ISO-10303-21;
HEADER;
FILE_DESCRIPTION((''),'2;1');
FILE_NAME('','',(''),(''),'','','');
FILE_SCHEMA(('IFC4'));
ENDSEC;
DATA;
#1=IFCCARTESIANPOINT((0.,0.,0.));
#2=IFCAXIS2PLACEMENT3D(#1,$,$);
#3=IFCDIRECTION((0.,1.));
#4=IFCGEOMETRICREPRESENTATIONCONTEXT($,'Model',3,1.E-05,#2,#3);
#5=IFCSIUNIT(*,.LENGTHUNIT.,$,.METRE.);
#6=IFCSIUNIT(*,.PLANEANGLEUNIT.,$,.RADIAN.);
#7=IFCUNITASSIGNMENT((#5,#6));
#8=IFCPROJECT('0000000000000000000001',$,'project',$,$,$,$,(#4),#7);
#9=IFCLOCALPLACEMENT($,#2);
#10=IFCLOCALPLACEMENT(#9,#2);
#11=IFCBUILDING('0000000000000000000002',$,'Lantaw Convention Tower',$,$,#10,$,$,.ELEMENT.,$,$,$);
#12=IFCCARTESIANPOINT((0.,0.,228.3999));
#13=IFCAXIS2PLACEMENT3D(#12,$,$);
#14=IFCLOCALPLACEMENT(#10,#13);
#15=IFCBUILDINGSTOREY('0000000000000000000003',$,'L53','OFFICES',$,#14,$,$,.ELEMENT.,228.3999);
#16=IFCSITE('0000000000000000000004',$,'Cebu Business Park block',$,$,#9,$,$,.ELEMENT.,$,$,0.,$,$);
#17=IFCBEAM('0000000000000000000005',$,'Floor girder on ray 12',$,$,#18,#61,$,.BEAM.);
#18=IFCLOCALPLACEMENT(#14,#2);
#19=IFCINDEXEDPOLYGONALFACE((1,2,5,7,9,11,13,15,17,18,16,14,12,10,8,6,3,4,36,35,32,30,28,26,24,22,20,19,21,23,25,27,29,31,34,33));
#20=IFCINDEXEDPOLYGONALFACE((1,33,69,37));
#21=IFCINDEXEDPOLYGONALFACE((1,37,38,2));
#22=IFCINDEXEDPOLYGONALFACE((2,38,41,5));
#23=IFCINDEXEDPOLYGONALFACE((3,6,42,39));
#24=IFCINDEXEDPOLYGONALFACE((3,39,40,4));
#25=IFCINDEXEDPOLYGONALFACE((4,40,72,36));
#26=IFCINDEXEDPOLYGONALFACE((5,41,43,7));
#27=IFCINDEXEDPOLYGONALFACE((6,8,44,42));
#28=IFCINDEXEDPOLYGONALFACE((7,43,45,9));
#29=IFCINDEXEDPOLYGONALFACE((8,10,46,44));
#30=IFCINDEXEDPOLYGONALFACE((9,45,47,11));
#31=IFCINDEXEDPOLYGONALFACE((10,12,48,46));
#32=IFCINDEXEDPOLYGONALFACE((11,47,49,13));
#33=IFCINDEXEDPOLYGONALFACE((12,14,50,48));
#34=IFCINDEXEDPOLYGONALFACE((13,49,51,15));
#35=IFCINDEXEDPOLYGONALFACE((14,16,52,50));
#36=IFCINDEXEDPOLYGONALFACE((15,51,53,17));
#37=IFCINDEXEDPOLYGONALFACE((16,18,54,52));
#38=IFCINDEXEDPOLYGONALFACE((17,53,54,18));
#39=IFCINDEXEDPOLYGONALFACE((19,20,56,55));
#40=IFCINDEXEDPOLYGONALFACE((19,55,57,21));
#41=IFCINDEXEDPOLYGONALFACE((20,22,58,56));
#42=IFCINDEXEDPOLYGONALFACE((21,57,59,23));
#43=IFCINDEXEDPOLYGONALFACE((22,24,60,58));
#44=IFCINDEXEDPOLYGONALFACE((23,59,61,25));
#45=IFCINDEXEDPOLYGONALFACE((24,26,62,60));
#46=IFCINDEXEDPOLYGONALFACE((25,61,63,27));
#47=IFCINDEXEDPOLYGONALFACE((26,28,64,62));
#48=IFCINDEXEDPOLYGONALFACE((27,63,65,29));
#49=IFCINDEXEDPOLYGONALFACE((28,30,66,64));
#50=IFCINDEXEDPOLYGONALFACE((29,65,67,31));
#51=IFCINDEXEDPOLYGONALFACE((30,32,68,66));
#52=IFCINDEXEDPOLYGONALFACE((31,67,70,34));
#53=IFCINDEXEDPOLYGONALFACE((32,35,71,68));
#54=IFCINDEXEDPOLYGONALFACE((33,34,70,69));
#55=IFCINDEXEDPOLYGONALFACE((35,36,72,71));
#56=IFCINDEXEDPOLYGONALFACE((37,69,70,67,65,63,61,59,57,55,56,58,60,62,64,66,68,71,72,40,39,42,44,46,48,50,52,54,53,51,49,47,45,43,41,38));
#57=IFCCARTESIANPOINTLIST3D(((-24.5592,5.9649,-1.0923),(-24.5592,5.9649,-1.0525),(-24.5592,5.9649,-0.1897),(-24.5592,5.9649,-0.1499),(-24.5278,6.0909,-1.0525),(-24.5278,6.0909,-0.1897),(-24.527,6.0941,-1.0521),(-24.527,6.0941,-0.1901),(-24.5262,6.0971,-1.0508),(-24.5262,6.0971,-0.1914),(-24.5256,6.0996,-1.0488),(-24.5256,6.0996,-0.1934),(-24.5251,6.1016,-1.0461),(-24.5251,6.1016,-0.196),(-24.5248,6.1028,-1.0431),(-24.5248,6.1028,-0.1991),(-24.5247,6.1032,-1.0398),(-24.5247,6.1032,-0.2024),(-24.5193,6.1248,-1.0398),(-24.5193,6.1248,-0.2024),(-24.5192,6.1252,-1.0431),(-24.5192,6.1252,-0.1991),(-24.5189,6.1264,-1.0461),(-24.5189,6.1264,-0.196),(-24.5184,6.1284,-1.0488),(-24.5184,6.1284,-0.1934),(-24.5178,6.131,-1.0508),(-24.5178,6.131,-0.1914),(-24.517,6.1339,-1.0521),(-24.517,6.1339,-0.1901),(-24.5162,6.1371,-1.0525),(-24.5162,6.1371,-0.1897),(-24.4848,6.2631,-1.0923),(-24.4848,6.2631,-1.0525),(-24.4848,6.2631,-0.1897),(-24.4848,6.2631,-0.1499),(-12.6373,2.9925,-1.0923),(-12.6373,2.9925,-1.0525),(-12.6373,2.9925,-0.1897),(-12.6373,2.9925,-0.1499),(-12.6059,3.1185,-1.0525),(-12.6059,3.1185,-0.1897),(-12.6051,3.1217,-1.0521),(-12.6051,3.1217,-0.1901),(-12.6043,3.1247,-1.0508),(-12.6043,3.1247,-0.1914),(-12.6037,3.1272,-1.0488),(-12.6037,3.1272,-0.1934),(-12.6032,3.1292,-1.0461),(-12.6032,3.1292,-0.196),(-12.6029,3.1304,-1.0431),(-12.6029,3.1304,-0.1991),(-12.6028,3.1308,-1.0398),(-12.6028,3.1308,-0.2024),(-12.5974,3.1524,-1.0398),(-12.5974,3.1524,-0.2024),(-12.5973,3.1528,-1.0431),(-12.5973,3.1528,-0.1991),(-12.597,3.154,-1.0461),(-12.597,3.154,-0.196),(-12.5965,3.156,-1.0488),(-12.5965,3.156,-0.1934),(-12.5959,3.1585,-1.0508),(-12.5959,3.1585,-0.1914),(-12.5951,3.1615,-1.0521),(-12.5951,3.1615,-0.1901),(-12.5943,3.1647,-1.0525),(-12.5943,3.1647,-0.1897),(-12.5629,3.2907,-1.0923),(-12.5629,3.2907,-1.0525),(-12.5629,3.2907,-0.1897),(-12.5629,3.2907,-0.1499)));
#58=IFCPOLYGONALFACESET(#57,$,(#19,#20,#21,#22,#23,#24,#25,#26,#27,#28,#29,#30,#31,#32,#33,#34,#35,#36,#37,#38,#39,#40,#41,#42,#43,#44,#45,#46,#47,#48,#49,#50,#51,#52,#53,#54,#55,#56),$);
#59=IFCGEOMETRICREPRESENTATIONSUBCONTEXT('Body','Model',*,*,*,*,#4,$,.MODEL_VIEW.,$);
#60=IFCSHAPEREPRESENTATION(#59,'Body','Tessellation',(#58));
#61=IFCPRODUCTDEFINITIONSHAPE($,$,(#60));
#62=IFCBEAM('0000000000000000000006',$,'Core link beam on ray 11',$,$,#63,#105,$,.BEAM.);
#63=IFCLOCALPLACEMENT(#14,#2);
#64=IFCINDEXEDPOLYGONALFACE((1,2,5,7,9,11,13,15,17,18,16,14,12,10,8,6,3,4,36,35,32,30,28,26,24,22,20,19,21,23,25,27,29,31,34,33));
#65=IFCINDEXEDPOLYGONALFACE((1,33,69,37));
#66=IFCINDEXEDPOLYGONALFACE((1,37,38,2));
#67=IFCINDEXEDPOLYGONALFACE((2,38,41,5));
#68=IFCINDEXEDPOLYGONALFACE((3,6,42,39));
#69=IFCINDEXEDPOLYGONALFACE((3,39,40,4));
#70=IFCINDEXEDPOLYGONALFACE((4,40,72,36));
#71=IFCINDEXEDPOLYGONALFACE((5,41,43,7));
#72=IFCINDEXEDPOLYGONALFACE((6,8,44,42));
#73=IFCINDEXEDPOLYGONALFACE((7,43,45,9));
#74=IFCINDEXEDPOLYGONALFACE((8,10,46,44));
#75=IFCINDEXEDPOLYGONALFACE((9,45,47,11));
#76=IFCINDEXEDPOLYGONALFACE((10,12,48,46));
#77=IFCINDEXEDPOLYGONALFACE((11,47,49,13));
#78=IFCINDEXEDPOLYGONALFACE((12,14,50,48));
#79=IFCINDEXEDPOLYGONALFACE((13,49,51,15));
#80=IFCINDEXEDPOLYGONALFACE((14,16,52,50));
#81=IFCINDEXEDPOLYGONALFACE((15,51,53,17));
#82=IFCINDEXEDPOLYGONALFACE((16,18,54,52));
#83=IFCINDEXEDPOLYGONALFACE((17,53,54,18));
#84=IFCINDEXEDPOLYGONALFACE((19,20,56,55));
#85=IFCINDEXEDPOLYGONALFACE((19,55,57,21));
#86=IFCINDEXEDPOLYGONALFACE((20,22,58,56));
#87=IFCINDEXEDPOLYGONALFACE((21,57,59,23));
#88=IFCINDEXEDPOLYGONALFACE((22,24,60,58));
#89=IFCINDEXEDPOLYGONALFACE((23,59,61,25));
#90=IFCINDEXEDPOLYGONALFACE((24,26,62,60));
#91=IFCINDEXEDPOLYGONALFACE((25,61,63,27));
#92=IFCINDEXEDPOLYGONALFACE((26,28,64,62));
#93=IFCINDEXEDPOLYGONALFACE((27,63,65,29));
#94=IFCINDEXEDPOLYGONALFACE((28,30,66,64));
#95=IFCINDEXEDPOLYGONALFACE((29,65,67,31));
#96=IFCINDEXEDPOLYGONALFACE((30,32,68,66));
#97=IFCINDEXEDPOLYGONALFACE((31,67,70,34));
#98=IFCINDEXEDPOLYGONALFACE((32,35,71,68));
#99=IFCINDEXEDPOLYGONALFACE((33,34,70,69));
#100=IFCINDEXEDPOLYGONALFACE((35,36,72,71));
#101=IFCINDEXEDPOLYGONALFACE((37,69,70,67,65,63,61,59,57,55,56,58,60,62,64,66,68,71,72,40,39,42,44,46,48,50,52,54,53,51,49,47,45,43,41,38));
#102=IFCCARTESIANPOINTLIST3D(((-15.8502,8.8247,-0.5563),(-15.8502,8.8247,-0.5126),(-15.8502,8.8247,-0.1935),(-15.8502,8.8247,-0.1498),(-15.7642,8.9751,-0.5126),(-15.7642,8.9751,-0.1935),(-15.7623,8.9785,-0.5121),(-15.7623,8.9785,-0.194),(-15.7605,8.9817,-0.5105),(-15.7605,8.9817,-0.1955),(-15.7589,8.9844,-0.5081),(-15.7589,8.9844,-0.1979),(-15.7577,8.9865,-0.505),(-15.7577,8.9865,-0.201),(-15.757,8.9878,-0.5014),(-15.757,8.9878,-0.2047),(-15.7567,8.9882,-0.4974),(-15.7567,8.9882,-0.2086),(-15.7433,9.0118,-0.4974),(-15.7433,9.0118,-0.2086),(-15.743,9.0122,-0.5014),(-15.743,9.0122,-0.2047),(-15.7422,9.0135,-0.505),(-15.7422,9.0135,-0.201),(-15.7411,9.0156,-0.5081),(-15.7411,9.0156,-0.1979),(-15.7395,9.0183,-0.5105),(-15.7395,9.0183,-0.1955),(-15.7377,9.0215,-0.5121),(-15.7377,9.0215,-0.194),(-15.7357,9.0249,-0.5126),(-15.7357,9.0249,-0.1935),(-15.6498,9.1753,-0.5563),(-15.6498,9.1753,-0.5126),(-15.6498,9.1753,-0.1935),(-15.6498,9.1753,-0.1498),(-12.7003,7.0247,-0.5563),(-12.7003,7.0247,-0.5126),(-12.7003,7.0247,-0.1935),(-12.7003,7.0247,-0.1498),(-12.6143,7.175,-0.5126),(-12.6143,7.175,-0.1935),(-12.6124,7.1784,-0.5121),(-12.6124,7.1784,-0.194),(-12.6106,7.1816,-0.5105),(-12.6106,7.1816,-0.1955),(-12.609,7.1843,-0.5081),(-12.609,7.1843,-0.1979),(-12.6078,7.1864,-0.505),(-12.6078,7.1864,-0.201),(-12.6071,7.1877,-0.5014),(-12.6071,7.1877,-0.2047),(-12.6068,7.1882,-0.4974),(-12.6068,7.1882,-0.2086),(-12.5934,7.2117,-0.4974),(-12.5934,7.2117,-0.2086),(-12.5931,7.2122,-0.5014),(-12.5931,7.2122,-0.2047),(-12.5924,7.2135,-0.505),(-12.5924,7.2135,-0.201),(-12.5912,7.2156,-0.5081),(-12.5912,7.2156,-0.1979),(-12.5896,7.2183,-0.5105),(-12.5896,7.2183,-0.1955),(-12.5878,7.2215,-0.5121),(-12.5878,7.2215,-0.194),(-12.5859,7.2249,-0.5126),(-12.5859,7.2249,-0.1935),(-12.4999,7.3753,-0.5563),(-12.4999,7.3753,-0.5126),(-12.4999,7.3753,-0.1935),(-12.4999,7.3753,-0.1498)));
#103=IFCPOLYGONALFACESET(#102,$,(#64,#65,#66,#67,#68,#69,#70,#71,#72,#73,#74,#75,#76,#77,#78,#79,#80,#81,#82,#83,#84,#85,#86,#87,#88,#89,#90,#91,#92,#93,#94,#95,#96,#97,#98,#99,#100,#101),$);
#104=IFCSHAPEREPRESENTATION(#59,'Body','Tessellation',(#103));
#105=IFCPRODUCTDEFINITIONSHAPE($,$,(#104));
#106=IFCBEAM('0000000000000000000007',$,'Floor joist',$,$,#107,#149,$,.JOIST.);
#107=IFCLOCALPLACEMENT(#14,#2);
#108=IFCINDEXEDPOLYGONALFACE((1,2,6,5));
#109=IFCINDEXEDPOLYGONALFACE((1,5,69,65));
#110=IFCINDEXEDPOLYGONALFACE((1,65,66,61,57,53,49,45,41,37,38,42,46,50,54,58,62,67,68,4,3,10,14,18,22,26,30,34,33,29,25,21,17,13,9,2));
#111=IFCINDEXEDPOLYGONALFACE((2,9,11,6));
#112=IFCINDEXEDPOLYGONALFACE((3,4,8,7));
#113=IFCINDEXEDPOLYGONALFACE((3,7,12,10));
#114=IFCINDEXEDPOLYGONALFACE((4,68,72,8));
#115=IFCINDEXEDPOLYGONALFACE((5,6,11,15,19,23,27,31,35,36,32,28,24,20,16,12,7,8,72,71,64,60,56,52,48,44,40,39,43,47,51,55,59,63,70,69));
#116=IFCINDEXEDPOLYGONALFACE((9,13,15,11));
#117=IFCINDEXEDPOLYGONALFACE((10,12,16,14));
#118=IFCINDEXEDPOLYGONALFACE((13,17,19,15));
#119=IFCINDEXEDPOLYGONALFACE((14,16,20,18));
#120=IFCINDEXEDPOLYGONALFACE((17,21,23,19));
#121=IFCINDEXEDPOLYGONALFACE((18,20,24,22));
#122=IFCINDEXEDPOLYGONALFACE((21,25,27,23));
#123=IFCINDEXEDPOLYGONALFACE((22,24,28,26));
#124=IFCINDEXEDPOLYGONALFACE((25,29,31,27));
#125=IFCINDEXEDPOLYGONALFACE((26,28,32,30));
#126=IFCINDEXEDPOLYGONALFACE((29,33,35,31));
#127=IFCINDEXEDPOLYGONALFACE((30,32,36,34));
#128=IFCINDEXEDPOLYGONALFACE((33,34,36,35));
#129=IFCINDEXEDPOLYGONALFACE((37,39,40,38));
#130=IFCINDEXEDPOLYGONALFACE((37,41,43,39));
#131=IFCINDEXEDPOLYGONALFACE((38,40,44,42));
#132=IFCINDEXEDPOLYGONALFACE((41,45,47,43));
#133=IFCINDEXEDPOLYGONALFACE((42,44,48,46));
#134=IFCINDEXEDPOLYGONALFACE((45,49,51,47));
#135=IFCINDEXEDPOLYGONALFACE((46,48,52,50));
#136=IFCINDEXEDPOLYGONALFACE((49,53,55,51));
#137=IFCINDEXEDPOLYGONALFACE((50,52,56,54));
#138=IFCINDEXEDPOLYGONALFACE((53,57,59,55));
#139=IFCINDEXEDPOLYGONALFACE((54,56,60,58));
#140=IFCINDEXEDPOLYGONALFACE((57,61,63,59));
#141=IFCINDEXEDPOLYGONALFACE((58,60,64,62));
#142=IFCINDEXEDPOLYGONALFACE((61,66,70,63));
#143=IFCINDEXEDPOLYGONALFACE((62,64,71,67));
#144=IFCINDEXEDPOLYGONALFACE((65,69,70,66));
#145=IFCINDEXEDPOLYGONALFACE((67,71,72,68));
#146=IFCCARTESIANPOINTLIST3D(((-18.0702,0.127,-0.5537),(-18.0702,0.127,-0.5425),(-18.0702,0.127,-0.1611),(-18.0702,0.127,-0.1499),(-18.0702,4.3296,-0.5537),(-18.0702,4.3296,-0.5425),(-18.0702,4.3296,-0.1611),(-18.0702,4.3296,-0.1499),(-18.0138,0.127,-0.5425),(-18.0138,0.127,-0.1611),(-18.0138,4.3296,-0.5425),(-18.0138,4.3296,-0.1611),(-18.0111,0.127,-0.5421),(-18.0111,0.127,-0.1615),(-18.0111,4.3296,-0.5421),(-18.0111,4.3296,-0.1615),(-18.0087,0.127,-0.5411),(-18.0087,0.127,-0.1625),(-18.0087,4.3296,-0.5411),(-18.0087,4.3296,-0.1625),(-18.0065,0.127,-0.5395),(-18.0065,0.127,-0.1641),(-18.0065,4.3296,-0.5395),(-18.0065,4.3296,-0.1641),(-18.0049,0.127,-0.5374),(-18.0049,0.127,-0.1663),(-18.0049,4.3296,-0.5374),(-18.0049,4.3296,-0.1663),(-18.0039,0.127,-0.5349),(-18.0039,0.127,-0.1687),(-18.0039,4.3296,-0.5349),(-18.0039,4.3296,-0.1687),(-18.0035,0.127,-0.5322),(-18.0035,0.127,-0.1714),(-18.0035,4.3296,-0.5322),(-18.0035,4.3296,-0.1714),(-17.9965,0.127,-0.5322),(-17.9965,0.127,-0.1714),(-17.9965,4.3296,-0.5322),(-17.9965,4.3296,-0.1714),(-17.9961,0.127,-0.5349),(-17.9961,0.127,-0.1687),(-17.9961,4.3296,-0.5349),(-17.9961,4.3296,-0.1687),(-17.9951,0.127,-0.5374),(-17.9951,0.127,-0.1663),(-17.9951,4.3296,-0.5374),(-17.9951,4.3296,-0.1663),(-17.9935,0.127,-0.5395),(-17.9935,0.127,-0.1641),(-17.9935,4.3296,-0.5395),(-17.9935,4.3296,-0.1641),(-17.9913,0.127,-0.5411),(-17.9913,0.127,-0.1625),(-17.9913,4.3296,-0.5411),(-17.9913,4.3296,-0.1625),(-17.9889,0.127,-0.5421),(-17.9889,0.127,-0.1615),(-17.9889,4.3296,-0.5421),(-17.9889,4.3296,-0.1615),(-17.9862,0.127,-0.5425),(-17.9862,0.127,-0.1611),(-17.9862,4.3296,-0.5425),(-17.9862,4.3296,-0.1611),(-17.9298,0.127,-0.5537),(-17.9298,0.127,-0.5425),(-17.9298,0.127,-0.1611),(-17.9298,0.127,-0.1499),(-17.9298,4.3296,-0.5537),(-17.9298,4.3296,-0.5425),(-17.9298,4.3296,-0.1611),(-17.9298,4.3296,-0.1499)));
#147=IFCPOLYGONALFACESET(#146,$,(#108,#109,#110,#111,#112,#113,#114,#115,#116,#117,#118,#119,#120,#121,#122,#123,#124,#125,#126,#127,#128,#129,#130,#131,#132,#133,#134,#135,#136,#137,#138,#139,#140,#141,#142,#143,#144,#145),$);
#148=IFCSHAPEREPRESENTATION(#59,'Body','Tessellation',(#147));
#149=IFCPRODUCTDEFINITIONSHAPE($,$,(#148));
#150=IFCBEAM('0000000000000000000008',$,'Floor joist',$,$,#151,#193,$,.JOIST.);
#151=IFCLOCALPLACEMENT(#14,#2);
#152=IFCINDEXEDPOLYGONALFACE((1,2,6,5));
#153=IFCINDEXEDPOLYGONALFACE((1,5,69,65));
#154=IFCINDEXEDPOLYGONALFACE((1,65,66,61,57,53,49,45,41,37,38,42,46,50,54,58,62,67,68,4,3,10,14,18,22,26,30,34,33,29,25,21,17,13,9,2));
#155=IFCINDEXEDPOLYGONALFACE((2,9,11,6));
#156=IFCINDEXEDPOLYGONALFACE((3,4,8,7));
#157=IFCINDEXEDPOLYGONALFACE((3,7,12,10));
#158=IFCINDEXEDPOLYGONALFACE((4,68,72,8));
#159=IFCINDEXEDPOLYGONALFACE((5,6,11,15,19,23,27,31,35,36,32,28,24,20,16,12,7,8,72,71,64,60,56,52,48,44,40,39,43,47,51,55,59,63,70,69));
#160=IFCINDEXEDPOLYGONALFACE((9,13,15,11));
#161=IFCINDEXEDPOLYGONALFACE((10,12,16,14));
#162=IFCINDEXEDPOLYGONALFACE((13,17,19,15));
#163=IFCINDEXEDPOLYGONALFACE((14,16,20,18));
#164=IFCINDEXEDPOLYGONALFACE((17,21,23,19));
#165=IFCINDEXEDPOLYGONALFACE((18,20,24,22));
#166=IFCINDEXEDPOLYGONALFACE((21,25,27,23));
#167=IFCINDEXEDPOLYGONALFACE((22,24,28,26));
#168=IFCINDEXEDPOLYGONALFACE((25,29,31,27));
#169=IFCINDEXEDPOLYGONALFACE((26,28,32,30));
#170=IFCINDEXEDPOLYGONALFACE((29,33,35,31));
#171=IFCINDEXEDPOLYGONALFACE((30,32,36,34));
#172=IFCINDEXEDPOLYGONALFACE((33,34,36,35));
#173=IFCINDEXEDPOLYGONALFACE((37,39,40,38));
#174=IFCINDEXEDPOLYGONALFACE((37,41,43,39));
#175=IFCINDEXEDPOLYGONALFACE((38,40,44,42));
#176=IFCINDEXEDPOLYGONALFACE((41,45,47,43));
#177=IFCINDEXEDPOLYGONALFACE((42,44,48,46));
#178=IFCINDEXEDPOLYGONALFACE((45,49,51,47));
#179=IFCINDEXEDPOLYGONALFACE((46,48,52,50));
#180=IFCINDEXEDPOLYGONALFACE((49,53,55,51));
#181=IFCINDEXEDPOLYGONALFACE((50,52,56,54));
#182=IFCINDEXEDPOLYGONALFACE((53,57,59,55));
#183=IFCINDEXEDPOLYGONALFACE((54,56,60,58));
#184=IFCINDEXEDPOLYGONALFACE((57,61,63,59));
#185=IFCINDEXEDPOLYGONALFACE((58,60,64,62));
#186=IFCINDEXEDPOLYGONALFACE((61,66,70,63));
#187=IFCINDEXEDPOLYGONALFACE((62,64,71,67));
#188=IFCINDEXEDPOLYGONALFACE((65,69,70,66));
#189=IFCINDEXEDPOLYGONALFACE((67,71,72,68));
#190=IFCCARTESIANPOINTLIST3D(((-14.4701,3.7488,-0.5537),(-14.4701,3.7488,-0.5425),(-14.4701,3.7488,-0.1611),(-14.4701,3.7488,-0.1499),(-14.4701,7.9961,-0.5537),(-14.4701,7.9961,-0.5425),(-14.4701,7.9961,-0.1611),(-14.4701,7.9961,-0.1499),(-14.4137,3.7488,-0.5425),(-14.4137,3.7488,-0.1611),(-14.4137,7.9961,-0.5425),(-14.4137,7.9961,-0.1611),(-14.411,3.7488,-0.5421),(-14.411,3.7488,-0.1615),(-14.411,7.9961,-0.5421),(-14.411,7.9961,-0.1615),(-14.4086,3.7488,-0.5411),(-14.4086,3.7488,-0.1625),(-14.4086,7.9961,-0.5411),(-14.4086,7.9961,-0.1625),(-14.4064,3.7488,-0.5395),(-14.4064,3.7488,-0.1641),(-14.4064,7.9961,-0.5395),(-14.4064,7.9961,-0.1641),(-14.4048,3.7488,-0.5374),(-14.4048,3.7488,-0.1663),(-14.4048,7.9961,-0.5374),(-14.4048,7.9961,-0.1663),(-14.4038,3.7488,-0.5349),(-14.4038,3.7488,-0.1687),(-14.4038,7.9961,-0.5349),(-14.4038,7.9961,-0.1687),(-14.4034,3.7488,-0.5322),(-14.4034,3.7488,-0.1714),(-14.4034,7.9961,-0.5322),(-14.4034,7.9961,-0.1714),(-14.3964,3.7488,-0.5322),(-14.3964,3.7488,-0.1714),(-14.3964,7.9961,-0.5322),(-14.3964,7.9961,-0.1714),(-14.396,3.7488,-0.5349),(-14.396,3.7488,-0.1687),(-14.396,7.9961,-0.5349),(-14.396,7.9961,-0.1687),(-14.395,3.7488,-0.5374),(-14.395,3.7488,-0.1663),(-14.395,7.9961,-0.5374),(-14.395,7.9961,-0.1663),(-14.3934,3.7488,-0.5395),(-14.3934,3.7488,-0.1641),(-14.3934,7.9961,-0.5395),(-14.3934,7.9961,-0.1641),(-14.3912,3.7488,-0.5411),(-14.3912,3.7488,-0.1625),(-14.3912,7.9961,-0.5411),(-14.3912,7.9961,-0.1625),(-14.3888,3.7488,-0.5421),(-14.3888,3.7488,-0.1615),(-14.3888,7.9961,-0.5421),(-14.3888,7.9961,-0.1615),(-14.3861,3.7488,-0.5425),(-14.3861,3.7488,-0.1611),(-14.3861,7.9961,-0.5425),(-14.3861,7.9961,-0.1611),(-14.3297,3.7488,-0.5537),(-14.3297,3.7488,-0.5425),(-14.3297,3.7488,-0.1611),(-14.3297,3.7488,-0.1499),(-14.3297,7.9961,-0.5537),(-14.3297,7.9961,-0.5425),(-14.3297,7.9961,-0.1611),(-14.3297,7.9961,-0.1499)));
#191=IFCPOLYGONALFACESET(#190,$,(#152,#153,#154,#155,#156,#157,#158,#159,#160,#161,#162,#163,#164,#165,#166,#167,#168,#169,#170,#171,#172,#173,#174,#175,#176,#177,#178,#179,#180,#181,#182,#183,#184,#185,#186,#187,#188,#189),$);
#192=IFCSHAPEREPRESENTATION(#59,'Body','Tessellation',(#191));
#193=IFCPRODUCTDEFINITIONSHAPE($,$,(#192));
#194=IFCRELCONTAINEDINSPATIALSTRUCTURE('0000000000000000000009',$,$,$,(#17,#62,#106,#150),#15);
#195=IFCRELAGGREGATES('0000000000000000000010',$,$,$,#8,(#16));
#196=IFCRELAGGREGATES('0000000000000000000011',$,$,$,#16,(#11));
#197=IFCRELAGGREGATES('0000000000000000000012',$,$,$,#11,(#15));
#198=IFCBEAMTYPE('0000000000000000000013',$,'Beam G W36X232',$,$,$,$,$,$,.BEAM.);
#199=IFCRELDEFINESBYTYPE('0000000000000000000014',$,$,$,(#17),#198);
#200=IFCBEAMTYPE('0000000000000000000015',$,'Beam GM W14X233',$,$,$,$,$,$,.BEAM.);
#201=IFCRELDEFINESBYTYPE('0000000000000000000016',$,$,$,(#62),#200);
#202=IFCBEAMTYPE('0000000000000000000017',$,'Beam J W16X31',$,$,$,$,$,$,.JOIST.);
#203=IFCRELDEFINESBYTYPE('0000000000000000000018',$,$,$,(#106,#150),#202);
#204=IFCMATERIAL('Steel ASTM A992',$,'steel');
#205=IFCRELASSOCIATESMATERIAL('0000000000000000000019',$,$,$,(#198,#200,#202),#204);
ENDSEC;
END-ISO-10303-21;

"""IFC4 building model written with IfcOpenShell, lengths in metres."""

from ifc_helpers import new_model, si_unit, direction, frame, origin, origin_2d, place, context, subcontext, project, spatial, i_section, extrude, material, material_profile, profile_set, type_object, element, save


model = new_model("IFC4")

# Units and contexts
model_context = context("Model", 3, precision=1e-05, world=origin(), true_north=direction((0.0, 1.0)))
body_context = subcontext(model_context, "Body", "Model", "MODEL_VIEW")
ifc_project = project(units=[si_unit("LENGTHUNIT", "METRE"), si_unit("PLANEANGLEUNIT", "RADIAN")], contexts=[model_context])

# Site, building, storey
site_placement = place(None, origin())
site = spatial("IfcSite", under=ifc_project, at=site_placement, Name="Cebu Business Park block", CompositionType="ELEMENT", RefElevation=0.0)
building_placement = place(site_placement, origin())
building = spatial("IfcBuilding", under=site, at=building_placement, Name="Lantaw Convention Tower", CompositionType="ELEMENT")
storey_placement = place(building_placement, frame((0.0, 0.0, 228.3999)))
storey = spatial("IfcBuildingStorey", under=building, at=storey_placement, Name="L53", Description="OFFICES", CompositionType="ELEMENT", Elevation=228.3999)

# Beams
ifc_material_1 = material(Name="Steel ASTM A992", Category="steel")
ifc_material_profile_1 = material_profile(ifc_material_1, i_section(OverallWidth=0.3074, OverallDepth=0.9424, WebThickness=0.0222, FlangeThickness=0.0398, FilletRadius=0.0127, at=origin_2d()), Name="W36X232")
ifc_profile_set_1 = profile_set([ifc_material_profile_1], Name="Steel ASTM A992")
beam_type_1 = type_object("IfcBeamType", Name="Beam G W36X232", PredefinedType="BEAM", material=ifc_profile_set_1)
beam_1_placement = place(storey_placement, frame((-12.6001, 3.1416, -0.6211), z_axis=(-0.970297, 0.241918, 0.0), x_axis=(-0.241918, -0.970297, 0.0)))
element("IfcBeam", 1, at=beam_1_placement, inside=storey, type_object=beam_type_1, Name="Floor girder on ray 12", PredefinedType="BEAM", context=body_context, shape_type="SweptSolid", body=[
    extrude(i_section(OverallWidth=0.3074, OverallDepth=0.9424, WebThickness=0.0222, FlangeThickness=0.0398, FilletRadius=0.0127, at=origin_2d()), origin(), (0.0, 0.0, 1.0), 12.2869),
])
ifc_material_profile_2 = material_profile(ifc_material_1, i_section(OverallWidth=0.4038, OverallDepth=0.4065, WebThickness=0.0271, FlangeThickness=0.0437, FilletRadius=0.0151, at=origin_2d()), Name="W14X233")
ifc_profile_set_2 = profile_set([ifc_material_profile_2], Name="Steel ASTM A992")
beam_type_2 = type_object("IfcBeamType", Name="Beam GM W14X233", PredefinedType="BEAM", material=ifc_profile_set_2)
beam_2_placement = place(storey_placement, frame((-12.6001, 7.2, -0.353), z_axis=(-0.868231, 0.496161, 0.0), x_axis=(-0.496161, -0.868231, 0.0)))
element("IfcBeam", 2, at=beam_2_placement, inside=storey, type_object=beam_type_2, Name="Core link beam on ray 11", PredefinedType="BEAM", context=body_context, shape_type="SweptSolid", body=[
    extrude(i_section(OverallWidth=0.4038, OverallDepth=0.4065, WebThickness=0.0271, FlangeThickness=0.0437, FilletRadius=0.0151, at=origin_2d()), origin(), (0.0, 0.0, 1.0), 3.6279),
])
ifc_material_profile_3 = material_profile(ifc_material_1, i_section(OverallWidth=0.1404, OverallDepth=0.4038, WebThickness=0.0071, FlangeThickness=0.0112, FilletRadius=0.0103, at=origin_2d()), Name="W16X31")
ifc_profile_set_3 = profile_set([ifc_material_profile_3], Name="Steel ASTM A992")
beam_type_3 = type_object("IfcBeamType", Name="Beam J W16X31", PredefinedType="JOIST", material=ifc_profile_set_3)
beam_3_placement = place(storey_placement, frame((-18.0, 0.127, -0.3518), z_axis=(0.0, 1.0, 0.0), x_axis=(-1.0, 0.0, 0.0)))
element("IfcBeam", 3, at=beam_3_placement, inside=storey, type_object=beam_type_3, Name="Floor joist", PredefinedType="JOIST", context=body_context, shape_type="SweptSolid", body=[
    extrude(i_section(OverallWidth=0.1404, OverallDepth=0.4038, WebThickness=0.0071, FlangeThickness=0.0112, FilletRadius=0.0103, at=origin_2d()), origin(), (0.0, 0.0, 1.0), 4.2026),
])
beam_4_placement = place(storey_placement, frame((-14.3999, 3.7488, -0.3518), z_axis=(0.0, 1.0, 0.0), x_axis=(-1.0, 0.0, 0.0)))
element("IfcBeam", 4, at=beam_4_placement, inside=storey, type_object=beam_type_3, Name="Floor joist", PredefinedType="JOIST", context=body_context, shape_type="SweptSolid", body=[
    extrude(i_section(OverallWidth=0.1404, OverallDepth=0.4038, WebThickness=0.0071, FlangeThickness=0.0112, FilletRadius=0.0103, at=origin_2d()), origin(), (0.0, 0.0, 1.0), 4.2473),
])

save(model, "model.ifc")
